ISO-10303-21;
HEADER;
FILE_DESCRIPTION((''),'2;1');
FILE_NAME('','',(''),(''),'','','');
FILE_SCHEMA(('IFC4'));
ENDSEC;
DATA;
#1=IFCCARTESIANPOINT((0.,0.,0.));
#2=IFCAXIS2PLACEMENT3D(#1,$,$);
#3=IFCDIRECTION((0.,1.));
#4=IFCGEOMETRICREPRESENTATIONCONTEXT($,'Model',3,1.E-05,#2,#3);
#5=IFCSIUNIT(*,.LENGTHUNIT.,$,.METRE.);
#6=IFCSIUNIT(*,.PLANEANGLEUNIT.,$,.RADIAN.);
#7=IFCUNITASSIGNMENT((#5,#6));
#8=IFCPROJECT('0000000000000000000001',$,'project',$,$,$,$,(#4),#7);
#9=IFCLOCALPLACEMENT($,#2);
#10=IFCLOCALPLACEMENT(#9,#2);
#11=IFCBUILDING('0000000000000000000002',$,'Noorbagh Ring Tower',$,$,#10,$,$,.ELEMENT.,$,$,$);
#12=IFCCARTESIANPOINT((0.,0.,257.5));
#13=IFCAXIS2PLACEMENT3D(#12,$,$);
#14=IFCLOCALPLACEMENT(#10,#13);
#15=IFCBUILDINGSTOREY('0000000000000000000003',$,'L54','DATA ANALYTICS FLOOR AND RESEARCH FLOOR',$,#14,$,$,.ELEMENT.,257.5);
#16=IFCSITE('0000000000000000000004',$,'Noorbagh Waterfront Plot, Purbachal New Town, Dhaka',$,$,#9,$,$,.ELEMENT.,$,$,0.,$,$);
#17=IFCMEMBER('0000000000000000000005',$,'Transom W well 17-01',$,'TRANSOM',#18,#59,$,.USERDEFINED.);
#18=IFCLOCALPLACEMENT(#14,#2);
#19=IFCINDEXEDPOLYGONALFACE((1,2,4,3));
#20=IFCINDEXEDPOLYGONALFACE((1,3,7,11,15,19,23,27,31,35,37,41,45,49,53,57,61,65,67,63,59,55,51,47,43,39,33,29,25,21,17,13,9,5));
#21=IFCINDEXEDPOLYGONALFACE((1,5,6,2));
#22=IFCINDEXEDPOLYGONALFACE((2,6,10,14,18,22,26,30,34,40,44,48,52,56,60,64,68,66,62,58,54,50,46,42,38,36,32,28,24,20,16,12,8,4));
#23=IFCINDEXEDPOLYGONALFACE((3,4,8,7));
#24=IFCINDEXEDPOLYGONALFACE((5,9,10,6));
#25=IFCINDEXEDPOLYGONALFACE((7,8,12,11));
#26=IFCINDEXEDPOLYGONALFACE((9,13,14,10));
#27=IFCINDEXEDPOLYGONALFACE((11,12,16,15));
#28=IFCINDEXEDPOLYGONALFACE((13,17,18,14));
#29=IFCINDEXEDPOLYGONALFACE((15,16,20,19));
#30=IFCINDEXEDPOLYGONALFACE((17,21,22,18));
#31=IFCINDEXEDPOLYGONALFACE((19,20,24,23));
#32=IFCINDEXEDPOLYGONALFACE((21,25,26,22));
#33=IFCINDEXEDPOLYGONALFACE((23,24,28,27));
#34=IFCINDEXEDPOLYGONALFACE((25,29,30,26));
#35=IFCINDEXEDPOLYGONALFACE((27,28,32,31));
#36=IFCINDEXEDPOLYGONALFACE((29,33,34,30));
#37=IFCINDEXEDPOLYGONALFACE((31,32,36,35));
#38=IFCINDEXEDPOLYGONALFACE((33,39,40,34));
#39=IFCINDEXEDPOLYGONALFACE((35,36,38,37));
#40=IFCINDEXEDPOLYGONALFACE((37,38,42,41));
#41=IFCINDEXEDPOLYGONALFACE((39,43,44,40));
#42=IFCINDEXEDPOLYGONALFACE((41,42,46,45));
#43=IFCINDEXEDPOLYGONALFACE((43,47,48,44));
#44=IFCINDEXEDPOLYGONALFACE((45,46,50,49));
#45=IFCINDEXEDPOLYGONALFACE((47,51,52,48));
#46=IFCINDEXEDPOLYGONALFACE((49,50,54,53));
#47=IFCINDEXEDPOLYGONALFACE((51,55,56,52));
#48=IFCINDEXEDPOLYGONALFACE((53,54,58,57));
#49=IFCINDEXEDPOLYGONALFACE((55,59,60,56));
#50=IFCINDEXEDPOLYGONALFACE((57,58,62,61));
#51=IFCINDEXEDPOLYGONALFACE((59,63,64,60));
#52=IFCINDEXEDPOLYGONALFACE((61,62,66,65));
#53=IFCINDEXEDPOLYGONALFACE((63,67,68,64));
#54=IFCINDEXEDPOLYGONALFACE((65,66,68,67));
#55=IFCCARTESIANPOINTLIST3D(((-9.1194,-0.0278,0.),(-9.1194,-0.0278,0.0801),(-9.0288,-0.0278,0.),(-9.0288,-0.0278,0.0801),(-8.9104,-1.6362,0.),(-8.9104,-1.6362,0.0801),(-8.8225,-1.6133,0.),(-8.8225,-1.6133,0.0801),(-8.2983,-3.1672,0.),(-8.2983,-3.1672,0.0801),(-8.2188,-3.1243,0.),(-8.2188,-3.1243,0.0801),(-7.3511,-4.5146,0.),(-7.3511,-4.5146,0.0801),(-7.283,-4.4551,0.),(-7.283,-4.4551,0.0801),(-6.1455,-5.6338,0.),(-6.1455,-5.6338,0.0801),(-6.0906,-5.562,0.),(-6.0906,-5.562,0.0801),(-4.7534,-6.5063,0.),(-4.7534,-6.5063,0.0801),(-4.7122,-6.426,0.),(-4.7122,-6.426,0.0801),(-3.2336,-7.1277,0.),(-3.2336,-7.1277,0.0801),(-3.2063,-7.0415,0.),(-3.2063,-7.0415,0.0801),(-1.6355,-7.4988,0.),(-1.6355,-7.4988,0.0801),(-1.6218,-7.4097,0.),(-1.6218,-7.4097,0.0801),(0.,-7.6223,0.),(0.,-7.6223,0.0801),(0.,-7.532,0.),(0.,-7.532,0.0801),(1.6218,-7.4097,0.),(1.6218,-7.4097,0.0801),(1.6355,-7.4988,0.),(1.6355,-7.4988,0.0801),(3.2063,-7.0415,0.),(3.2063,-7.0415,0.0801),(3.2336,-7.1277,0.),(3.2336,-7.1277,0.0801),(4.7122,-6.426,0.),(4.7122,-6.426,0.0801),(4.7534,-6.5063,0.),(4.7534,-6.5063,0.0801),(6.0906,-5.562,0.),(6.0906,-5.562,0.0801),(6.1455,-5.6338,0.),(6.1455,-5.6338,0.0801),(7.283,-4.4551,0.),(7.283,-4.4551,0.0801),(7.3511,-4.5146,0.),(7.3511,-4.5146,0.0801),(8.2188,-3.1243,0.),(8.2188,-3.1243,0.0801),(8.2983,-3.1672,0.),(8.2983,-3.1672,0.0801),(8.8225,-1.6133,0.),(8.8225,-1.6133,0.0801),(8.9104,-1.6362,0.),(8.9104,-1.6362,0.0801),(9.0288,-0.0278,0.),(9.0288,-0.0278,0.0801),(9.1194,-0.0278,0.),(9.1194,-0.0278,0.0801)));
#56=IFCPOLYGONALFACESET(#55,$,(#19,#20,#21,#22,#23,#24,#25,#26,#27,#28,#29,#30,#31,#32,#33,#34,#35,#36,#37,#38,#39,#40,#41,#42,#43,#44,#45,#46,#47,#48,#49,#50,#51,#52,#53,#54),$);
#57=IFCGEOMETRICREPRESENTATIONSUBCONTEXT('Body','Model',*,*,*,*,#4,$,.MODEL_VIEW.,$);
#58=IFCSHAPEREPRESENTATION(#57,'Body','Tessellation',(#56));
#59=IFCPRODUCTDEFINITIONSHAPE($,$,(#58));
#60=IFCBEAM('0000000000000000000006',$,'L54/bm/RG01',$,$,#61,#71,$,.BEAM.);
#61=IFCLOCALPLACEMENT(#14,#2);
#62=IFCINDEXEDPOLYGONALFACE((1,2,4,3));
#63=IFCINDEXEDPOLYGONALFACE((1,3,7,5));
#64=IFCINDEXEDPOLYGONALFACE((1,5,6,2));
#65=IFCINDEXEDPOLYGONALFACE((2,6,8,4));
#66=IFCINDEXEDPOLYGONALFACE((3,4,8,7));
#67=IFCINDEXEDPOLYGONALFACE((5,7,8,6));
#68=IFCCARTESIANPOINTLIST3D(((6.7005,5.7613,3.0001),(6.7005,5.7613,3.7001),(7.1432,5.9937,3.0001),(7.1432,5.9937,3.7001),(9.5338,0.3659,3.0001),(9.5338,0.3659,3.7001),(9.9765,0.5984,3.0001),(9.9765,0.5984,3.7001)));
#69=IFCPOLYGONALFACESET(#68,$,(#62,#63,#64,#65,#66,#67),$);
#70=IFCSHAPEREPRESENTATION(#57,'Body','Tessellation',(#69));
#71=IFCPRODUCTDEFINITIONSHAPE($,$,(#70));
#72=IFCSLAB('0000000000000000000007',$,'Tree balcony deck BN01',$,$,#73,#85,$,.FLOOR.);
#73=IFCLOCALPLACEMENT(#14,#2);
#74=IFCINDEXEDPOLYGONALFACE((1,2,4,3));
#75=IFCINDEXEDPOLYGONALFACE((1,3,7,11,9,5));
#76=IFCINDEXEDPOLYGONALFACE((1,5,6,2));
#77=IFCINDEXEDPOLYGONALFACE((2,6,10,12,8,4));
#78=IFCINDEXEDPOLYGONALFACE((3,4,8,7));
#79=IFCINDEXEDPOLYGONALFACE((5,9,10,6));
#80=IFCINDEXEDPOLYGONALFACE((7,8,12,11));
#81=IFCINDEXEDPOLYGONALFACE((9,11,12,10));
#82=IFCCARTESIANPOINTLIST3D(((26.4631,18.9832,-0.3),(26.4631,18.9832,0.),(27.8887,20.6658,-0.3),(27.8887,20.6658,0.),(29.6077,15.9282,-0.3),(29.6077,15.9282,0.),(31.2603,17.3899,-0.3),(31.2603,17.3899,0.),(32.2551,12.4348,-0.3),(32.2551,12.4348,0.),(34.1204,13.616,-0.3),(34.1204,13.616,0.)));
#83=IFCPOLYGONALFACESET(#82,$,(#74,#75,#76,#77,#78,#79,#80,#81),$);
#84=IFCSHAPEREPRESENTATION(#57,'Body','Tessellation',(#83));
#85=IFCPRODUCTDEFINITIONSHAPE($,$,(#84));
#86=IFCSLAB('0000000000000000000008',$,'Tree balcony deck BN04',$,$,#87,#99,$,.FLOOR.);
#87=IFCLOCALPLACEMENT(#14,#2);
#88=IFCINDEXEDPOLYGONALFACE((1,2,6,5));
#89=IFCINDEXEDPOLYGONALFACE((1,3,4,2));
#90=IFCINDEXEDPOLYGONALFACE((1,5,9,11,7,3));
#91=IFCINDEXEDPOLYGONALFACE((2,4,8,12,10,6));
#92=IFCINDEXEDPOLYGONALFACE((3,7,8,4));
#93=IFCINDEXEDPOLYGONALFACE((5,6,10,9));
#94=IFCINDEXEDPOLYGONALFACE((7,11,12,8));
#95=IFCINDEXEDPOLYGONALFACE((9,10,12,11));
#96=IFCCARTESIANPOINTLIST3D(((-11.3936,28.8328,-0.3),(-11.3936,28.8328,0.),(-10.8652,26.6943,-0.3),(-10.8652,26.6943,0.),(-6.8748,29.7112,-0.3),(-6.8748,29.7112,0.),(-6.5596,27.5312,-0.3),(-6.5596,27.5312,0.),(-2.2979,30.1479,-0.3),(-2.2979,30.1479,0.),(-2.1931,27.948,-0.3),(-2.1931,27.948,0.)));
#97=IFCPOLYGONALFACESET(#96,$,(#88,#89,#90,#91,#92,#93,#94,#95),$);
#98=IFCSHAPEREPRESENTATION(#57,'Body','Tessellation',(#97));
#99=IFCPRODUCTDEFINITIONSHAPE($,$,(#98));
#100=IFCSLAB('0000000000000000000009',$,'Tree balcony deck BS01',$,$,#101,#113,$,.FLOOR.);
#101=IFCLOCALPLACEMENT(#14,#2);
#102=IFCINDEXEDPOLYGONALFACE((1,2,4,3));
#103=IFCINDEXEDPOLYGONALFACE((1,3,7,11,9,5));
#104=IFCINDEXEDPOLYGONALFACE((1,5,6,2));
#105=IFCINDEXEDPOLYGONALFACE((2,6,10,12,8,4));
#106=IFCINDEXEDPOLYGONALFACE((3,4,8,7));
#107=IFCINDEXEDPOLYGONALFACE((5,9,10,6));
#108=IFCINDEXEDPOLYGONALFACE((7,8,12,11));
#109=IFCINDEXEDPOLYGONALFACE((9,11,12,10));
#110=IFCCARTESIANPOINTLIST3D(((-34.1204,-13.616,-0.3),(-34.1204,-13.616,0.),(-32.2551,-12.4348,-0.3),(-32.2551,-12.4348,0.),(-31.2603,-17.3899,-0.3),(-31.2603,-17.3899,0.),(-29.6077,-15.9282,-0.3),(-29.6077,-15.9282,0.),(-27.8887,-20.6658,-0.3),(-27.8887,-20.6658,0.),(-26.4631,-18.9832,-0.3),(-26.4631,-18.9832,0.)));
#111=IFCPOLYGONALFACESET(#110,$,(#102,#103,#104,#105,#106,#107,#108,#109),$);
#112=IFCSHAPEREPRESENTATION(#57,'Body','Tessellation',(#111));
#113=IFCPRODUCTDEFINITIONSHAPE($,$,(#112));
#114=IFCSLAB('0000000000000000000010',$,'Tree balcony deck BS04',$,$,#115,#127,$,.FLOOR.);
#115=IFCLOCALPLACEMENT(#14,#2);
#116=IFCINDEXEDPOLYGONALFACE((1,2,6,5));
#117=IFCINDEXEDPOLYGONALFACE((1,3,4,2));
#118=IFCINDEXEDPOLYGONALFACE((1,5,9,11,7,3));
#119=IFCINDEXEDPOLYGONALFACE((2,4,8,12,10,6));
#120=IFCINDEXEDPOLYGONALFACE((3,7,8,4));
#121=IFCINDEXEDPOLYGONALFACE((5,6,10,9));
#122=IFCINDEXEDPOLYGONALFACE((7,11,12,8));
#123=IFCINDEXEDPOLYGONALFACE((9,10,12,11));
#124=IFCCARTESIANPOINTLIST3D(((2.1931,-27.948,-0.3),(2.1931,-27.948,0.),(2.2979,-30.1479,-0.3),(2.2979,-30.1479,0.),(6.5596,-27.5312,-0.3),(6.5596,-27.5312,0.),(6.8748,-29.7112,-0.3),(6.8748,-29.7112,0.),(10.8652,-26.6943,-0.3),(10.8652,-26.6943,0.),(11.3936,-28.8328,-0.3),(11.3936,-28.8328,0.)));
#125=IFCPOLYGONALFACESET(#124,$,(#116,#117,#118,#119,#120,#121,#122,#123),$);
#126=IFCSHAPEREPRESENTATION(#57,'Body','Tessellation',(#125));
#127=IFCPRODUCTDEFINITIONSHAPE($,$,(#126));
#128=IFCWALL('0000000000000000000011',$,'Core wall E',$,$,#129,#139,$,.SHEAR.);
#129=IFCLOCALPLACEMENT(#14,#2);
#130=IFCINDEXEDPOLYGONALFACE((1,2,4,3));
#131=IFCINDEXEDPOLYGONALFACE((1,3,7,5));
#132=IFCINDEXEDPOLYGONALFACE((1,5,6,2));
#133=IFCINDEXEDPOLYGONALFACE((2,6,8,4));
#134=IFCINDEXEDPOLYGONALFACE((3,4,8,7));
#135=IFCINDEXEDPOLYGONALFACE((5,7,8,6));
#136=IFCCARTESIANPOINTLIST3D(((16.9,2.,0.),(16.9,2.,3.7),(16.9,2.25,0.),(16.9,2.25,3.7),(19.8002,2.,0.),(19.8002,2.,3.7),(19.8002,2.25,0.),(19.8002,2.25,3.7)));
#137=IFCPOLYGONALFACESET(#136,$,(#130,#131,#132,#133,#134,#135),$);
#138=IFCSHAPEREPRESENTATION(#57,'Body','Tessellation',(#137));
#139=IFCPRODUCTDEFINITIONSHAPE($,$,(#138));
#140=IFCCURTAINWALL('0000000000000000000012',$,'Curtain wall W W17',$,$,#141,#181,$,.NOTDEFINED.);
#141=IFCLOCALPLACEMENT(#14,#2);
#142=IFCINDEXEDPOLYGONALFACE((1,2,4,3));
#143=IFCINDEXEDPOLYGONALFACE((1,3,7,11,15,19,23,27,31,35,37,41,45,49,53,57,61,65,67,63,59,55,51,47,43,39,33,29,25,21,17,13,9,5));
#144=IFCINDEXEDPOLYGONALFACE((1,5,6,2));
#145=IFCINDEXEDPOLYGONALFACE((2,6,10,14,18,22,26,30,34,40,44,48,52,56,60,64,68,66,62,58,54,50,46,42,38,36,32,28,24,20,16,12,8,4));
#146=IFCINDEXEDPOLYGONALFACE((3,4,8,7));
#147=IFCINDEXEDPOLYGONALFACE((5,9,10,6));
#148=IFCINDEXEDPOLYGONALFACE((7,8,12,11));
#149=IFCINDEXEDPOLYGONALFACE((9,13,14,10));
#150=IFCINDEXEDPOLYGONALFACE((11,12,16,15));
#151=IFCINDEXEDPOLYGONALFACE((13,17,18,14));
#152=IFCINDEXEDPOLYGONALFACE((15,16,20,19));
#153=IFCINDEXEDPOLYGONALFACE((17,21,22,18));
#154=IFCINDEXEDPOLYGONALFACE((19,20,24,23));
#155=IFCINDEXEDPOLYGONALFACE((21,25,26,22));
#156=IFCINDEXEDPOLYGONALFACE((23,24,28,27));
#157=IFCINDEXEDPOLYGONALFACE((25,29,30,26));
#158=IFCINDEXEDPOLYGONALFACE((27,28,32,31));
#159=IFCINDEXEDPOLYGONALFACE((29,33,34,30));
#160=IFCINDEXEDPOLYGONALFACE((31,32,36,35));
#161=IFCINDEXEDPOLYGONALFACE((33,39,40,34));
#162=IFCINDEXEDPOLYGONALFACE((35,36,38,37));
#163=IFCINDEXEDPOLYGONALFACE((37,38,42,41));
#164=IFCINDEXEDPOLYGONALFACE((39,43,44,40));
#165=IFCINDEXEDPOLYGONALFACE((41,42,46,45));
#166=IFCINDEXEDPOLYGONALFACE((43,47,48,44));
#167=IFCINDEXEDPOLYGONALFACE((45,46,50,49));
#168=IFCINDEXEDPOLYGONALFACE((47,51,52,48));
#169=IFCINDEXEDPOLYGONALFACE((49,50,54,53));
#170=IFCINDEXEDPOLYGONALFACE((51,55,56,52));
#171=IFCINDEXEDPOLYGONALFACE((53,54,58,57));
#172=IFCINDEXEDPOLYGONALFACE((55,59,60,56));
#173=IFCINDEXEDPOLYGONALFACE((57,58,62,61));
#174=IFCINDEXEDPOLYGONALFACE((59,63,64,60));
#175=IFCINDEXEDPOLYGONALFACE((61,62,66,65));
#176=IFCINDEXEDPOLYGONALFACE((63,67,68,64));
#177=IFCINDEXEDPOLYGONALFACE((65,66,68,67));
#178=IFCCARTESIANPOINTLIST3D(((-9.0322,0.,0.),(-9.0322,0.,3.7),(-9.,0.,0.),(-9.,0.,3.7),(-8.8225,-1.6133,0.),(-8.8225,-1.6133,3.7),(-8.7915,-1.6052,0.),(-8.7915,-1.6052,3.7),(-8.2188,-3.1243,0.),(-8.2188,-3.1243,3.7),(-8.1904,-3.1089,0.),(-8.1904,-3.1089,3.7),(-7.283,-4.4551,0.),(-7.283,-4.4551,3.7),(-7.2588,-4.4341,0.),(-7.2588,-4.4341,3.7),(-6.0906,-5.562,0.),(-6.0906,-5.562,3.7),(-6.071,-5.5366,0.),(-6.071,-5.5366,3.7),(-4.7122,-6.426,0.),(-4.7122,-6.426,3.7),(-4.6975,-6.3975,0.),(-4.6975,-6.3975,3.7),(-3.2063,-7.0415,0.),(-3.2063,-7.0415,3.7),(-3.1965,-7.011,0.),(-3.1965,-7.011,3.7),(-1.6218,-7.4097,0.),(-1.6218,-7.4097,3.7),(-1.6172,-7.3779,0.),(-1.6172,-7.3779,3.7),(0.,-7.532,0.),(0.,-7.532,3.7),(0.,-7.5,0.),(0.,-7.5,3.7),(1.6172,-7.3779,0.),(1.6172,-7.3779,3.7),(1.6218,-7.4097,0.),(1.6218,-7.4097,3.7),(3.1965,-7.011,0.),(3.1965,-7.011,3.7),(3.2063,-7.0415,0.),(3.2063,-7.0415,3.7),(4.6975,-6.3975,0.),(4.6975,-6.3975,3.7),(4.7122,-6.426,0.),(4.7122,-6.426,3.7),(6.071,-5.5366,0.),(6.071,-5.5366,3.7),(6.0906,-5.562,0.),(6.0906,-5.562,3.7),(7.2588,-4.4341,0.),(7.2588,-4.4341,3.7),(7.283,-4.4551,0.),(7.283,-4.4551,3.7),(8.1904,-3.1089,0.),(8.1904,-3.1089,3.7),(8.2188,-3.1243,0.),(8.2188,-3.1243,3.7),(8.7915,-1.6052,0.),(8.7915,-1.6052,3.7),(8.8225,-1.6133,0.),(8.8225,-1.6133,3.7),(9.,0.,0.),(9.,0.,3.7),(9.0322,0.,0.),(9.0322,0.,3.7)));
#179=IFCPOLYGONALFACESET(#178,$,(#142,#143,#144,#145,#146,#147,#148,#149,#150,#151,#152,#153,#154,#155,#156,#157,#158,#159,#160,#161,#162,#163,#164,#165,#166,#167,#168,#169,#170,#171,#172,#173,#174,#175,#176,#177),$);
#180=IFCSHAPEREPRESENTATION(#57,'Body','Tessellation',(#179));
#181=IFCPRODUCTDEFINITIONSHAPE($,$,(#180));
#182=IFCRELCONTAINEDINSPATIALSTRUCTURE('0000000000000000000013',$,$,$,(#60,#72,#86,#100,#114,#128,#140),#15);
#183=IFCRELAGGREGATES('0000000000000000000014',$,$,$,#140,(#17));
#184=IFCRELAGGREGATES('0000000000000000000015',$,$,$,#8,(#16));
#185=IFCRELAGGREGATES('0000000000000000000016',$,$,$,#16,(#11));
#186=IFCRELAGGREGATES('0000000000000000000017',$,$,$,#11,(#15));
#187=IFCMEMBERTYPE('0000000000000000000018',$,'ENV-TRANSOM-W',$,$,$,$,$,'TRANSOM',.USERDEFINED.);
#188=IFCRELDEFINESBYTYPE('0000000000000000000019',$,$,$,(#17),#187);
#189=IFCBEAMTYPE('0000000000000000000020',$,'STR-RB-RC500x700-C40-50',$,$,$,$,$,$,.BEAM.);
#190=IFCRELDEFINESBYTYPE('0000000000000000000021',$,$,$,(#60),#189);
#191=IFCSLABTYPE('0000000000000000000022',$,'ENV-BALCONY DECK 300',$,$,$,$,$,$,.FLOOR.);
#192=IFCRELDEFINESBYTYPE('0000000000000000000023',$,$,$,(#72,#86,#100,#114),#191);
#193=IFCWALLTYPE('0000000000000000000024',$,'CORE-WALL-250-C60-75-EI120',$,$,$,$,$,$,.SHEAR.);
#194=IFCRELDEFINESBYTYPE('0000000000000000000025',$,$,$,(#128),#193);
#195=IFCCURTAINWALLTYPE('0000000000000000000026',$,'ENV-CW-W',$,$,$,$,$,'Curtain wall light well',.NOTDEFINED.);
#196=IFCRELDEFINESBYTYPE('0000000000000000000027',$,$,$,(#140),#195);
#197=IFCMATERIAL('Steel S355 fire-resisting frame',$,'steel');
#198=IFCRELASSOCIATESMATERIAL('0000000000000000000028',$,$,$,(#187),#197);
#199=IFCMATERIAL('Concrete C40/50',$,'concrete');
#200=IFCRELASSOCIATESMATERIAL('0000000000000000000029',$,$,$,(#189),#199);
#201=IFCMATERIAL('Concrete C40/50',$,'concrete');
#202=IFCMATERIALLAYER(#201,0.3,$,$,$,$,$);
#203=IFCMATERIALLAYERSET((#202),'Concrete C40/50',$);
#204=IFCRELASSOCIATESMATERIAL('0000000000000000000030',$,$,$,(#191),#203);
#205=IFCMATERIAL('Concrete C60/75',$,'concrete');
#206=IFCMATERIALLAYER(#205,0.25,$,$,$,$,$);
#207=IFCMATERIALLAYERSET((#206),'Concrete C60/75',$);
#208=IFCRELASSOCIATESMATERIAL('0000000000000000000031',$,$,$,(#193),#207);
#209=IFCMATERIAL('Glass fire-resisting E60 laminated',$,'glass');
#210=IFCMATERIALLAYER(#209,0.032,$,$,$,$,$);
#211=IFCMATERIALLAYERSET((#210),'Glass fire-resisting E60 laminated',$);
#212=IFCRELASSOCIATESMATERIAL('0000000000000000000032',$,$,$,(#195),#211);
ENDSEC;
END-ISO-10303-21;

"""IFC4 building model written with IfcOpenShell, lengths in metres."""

from ifc_helpers import new_model, si_unit, direction, frame, frame_2d, origin, origin_2d, place, context, subcontext, project, spatial, polyline, rectangle, outline, extrude, material, layer, layer_set, material_profile, profile_set, type_object, element, aggregate, save


model = new_model("IFC4")

# Units and contexts
model_context = context("Model", 3, precision=1e-05, world=origin(), true_north=direction((0.0, 1.0)))
body_context = subcontext(model_context, "Body", "Model", "MODEL_VIEW")
ifc_project = project(units=[si_unit("LENGTHUNIT", "METRE"), si_unit("PLANEANGLEUNIT", "RADIAN")], contexts=[model_context])

# Site, building, storey
site_placement = place(None, origin())
site = spatial("IfcSite", under=ifc_project, at=site_placement, Name="Noorbagh Waterfront Plot, Purbachal New Town, Dhaka", CompositionType="ELEMENT", RefElevation=0.0)
building_placement = place(site_placement, origin())
building = spatial("IfcBuilding", under=site, at=building_placement, Name="Noorbagh Ring Tower", CompositionType="ELEMENT")
storey_placement = place(building_placement, frame((0.0, 0.0, 257.5)))
storey = spatial("IfcBuildingStorey", under=building, at=storey_placement, Name="L54", Description="DATA ANALYTICS FLOOR AND RESEARCH FLOOR", CompositionType="ELEMENT", Elevation=257.5)

# Member
ifc_material_1 = material(Name="Steel S355 fire-resisting frame", Category="steel")
member_type_1 = type_object("IfcMemberType", Name="ENV-TRANSOM-W", ElementType="TRANSOM", PredefinedType="USERDEFINED", material=ifc_material_1)
member_1_placement = place(storey_placement, origin())
member_1 = element("IfcMember", 1, at=member_1_placement, type_object=member_type_1, Name="Transom W well 17-01", ObjectType="TRANSOM", PredefinedType="USERDEFINED", context=body_context, shape_type="SweptSolid", body=[
    extrude(outline(polyline([(-9.1194, -0.0278), (-8.9104, -1.6362), (-8.2983, -3.1672), (-7.3511, -4.5146), (-6.1455, -5.6338), (-4.7534, -6.5063), (-3.2336, -7.1277), (-1.6355, -7.4988), (0.0, -7.6223), (1.6355, -7.4988), (3.2336, -7.1277), (4.7534, -6.5063), (6.1455, -5.6338), (7.3511, -4.5146), (8.2983, -3.1672), (8.9104, -1.6362), (9.1194, -0.0278), (9.0288, -0.0278), (8.8225, -1.6133), (8.2188, -3.1243), (7.283, -4.4551), (6.0906, -5.562), (4.7122, -6.426), (3.2063, -7.0415), (1.6218, -7.4097), (0.0, -7.532), (-1.6218, -7.4097), (-3.2063, -7.0415), (-4.7122, -6.426), (-6.0906, -5.562), (-7.283, -4.4551), (-8.2188, -3.1243), (-8.8225, -1.6133), (-9.0288, -0.0278), (-9.1194, -0.0278)])), origin(), (0.0, 0.0, 1.0), 0.0801),
])

# Beam
ifc_material_2 = material(Name="Concrete C40/50", Category="concrete")
ifc_material_profile_1 = material_profile(ifc_material_2, rectangle(XDim=0.5, YDim=0.7, at=origin_2d()), Name="RC500x700")
ifc_profile_set_1 = profile_set([ifc_material_profile_1], Name="Concrete C40/50")
beam_type = type_object("IfcBeamType", Name="STR-RB-RC500x700-C40-50", PredefinedType="BEAM", material=ifc_profile_set_1)
beam_placement = place(storey_placement, frame((9.7551, 0.4822, 3.3501), z_axis=(-0.464929, 0.885348, 0.0), x_axis=(-0.885348, -0.464929, 0.0)))
element("IfcBeam", 2, at=beam_placement, inside=storey, type_object=beam_type, Name="L54/bm/RG01", PredefinedType="BEAM", context=body_context, shape_type="SweptSolid", body=[
    extrude(rectangle(XDim=0.5, YDim=0.7, at=origin_2d()), origin(), (0.0, 0.0, 1.0), 6.094),
])

# Slabs
ifc_material_3 = material(Name="Concrete C40/50", Category="concrete")
ifc_layer_1 = layer(ifc_material_3, 0.3)
ifc_layer_set_1 = layer_set([ifc_layer_1], Name="Concrete C40/50")
slab_type = type_object("IfcSlabType", Name="ENV-BALCONY DECK 300", PredefinedType="FLOOR", material=ifc_layer_set_1)
slab_1_placement = place(storey_placement, frame((0.0, 0.0, -0.3)))
element("IfcSlab", 3, at=slab_1_placement, inside=storey, type_object=slab_type, Name="Tree balcony deck BN01", PredefinedType="FLOOR", context=body_context, shape_type="SweptSolid", body=[
    extrude(outline(polyline([(34.1204, 13.616), (31.2603, 17.3899), (27.8887, 20.6658), (26.4631, 18.9832), (29.6077, 15.9282), (32.2551, 12.4348), (34.1204, 13.616)])), origin(), (0.0, 0.0, 1.0), 0.3),
])
slab_2_placement = place(storey_placement, frame((0.0, 0.0, -0.3)))
element("IfcSlab", 4, at=slab_2_placement, inside=storey, type_object=slab_type, Name="Tree balcony deck BN04", PredefinedType="FLOOR", context=body_context, shape_type="SweptSolid", body=[
    extrude(outline(polyline([(-2.2979, 30.1479), (-6.8748, 29.7112), (-11.3936, 28.8328), (-10.8652, 26.6943), (-6.5596, 27.5312), (-2.1931, 27.948), (-2.2979, 30.1479)])), origin(), (0.0, 0.0, 1.0), 0.3),
])
slab_3_placement = place(storey_placement, frame((0.0, 0.0, -0.3)))
element("IfcSlab", 5, at=slab_3_placement, inside=storey, type_object=slab_type, Name="Tree balcony deck BS01", PredefinedType="FLOOR", context=body_context, shape_type="SweptSolid", body=[
    extrude(outline(polyline([(-34.1204, -13.616), (-31.2603, -17.3899), (-27.8887, -20.6658), (-26.4631, -18.9832), (-29.6077, -15.9282), (-32.2551, -12.4348), (-34.1204, -13.616)])), origin(), (0.0, 0.0, 1.0), 0.3),
])
slab_4_placement = place(storey_placement, frame((0.0, 0.0, -0.3)))
element("IfcSlab", 6, at=slab_4_placement, inside=storey, type_object=slab_type, Name="Tree balcony deck BS04", PredefinedType="FLOOR", context=body_context, shape_type="SweptSolid", body=[
    extrude(outline(polyline([(2.2979, -30.1479), (6.8748, -29.7112), (11.3936, -28.8328), (10.8652, -26.6943), (6.5596, -27.5312), (2.1931, -27.948), (2.2979, -30.1479)])), origin(), (0.0, 0.0, 1.0), 0.3),
])

# Wall
ifc_material_4 = material(Name="Concrete C60/75", Category="concrete")
ifc_layer_2 = layer(ifc_material_4, 0.25)
ifc_layer_set_2 = layer_set([ifc_layer_2], Name="Concrete C60/75")
wall_type_1 = type_object("IfcWallType", Name="CORE-WALL-250-C60-75-EI120", PredefinedType="SHEAR", material=ifc_layer_set_2)
wall_1_placement = place(storey_placement, frame((16.8999, 2.125, 0.0), z_axis=(0.0, 0.0, 1.0), x_axis=(1.0, 0.0, 0.0)))
element("IfcWall", 7, at=wall_1_placement, inside=storey, type_object=wall_type_1, Name="Core wall E", PredefinedType="SHEAR", context=body_context, shape_type="SweptSolid", body=[
    extrude(rectangle(XDim=2.9001, YDim=0.25, at=frame_2d((1.4502, 0.0))), origin(), (0.0, 0.0, 1.0), 3.7),
])

# Curtain wall
ifc_material_5 = material(Name="Glass fire-resisting E60 laminated", Category="glass")
ifc_layer_3 = layer(ifc_material_5, 0.032)
ifc_layer_set_3 = layer_set([ifc_layer_3], Name="Glass fire-resisting E60 laminated")
curtain_wall_type_1 = type_object("IfcCurtainWallType", Name="ENV-CW-W", ElementType="Curtain wall light well", PredefinedType="NOTDEFINED", material=ifc_layer_set_3)
curtain_wall_1_placement = place(storey_placement, origin())
curtain_wall_1 = element("IfcCurtainWall", 8, at=curtain_wall_1_placement, inside=storey, type_object=curtain_wall_type_1, Name="Curtain wall W W17", PredefinedType="NOTDEFINED", context=body_context, shape_type="SweptSolid", body=[
    extrude(outline(polyline([(-9.0322, 0.0), (-8.8225, -1.6133), (-8.2188, -3.1243), (-7.283, -4.4551), (-6.0906, -5.562), (-4.7122, -6.426), (-3.2063, -7.0415), (-1.6218, -7.4097), (0.0, -7.532), (1.6218, -7.4097), (3.2063, -7.0415), (4.7122, -6.426), (6.0906, -5.562), (7.283, -4.4551), (8.2188, -3.1243), (8.8225, -1.6133), (9.0322, 0.0), (9.0, 0.0), (8.7915, -1.6052), (8.1904, -3.1089), (7.2588, -4.4341), (6.071, -5.5366), (4.6975, -6.3975), (3.1965, -7.011), (1.6172, -7.3779), (0.0, -7.5), (-1.6172, -7.3779), (-3.1965, -7.011), (-4.6975, -6.3975), (-6.071, -5.5366), (-7.2588, -4.4341), (-8.1904, -3.1089), (-8.7915, -1.6052), (-9.0, 0.0), (-9.0322, 0.0)])), origin(), (0.0, 0.0, 1.0), 3.7),
])
aggregate(curtain_wall_1, [member_1])

save(model, "model.ifc")
